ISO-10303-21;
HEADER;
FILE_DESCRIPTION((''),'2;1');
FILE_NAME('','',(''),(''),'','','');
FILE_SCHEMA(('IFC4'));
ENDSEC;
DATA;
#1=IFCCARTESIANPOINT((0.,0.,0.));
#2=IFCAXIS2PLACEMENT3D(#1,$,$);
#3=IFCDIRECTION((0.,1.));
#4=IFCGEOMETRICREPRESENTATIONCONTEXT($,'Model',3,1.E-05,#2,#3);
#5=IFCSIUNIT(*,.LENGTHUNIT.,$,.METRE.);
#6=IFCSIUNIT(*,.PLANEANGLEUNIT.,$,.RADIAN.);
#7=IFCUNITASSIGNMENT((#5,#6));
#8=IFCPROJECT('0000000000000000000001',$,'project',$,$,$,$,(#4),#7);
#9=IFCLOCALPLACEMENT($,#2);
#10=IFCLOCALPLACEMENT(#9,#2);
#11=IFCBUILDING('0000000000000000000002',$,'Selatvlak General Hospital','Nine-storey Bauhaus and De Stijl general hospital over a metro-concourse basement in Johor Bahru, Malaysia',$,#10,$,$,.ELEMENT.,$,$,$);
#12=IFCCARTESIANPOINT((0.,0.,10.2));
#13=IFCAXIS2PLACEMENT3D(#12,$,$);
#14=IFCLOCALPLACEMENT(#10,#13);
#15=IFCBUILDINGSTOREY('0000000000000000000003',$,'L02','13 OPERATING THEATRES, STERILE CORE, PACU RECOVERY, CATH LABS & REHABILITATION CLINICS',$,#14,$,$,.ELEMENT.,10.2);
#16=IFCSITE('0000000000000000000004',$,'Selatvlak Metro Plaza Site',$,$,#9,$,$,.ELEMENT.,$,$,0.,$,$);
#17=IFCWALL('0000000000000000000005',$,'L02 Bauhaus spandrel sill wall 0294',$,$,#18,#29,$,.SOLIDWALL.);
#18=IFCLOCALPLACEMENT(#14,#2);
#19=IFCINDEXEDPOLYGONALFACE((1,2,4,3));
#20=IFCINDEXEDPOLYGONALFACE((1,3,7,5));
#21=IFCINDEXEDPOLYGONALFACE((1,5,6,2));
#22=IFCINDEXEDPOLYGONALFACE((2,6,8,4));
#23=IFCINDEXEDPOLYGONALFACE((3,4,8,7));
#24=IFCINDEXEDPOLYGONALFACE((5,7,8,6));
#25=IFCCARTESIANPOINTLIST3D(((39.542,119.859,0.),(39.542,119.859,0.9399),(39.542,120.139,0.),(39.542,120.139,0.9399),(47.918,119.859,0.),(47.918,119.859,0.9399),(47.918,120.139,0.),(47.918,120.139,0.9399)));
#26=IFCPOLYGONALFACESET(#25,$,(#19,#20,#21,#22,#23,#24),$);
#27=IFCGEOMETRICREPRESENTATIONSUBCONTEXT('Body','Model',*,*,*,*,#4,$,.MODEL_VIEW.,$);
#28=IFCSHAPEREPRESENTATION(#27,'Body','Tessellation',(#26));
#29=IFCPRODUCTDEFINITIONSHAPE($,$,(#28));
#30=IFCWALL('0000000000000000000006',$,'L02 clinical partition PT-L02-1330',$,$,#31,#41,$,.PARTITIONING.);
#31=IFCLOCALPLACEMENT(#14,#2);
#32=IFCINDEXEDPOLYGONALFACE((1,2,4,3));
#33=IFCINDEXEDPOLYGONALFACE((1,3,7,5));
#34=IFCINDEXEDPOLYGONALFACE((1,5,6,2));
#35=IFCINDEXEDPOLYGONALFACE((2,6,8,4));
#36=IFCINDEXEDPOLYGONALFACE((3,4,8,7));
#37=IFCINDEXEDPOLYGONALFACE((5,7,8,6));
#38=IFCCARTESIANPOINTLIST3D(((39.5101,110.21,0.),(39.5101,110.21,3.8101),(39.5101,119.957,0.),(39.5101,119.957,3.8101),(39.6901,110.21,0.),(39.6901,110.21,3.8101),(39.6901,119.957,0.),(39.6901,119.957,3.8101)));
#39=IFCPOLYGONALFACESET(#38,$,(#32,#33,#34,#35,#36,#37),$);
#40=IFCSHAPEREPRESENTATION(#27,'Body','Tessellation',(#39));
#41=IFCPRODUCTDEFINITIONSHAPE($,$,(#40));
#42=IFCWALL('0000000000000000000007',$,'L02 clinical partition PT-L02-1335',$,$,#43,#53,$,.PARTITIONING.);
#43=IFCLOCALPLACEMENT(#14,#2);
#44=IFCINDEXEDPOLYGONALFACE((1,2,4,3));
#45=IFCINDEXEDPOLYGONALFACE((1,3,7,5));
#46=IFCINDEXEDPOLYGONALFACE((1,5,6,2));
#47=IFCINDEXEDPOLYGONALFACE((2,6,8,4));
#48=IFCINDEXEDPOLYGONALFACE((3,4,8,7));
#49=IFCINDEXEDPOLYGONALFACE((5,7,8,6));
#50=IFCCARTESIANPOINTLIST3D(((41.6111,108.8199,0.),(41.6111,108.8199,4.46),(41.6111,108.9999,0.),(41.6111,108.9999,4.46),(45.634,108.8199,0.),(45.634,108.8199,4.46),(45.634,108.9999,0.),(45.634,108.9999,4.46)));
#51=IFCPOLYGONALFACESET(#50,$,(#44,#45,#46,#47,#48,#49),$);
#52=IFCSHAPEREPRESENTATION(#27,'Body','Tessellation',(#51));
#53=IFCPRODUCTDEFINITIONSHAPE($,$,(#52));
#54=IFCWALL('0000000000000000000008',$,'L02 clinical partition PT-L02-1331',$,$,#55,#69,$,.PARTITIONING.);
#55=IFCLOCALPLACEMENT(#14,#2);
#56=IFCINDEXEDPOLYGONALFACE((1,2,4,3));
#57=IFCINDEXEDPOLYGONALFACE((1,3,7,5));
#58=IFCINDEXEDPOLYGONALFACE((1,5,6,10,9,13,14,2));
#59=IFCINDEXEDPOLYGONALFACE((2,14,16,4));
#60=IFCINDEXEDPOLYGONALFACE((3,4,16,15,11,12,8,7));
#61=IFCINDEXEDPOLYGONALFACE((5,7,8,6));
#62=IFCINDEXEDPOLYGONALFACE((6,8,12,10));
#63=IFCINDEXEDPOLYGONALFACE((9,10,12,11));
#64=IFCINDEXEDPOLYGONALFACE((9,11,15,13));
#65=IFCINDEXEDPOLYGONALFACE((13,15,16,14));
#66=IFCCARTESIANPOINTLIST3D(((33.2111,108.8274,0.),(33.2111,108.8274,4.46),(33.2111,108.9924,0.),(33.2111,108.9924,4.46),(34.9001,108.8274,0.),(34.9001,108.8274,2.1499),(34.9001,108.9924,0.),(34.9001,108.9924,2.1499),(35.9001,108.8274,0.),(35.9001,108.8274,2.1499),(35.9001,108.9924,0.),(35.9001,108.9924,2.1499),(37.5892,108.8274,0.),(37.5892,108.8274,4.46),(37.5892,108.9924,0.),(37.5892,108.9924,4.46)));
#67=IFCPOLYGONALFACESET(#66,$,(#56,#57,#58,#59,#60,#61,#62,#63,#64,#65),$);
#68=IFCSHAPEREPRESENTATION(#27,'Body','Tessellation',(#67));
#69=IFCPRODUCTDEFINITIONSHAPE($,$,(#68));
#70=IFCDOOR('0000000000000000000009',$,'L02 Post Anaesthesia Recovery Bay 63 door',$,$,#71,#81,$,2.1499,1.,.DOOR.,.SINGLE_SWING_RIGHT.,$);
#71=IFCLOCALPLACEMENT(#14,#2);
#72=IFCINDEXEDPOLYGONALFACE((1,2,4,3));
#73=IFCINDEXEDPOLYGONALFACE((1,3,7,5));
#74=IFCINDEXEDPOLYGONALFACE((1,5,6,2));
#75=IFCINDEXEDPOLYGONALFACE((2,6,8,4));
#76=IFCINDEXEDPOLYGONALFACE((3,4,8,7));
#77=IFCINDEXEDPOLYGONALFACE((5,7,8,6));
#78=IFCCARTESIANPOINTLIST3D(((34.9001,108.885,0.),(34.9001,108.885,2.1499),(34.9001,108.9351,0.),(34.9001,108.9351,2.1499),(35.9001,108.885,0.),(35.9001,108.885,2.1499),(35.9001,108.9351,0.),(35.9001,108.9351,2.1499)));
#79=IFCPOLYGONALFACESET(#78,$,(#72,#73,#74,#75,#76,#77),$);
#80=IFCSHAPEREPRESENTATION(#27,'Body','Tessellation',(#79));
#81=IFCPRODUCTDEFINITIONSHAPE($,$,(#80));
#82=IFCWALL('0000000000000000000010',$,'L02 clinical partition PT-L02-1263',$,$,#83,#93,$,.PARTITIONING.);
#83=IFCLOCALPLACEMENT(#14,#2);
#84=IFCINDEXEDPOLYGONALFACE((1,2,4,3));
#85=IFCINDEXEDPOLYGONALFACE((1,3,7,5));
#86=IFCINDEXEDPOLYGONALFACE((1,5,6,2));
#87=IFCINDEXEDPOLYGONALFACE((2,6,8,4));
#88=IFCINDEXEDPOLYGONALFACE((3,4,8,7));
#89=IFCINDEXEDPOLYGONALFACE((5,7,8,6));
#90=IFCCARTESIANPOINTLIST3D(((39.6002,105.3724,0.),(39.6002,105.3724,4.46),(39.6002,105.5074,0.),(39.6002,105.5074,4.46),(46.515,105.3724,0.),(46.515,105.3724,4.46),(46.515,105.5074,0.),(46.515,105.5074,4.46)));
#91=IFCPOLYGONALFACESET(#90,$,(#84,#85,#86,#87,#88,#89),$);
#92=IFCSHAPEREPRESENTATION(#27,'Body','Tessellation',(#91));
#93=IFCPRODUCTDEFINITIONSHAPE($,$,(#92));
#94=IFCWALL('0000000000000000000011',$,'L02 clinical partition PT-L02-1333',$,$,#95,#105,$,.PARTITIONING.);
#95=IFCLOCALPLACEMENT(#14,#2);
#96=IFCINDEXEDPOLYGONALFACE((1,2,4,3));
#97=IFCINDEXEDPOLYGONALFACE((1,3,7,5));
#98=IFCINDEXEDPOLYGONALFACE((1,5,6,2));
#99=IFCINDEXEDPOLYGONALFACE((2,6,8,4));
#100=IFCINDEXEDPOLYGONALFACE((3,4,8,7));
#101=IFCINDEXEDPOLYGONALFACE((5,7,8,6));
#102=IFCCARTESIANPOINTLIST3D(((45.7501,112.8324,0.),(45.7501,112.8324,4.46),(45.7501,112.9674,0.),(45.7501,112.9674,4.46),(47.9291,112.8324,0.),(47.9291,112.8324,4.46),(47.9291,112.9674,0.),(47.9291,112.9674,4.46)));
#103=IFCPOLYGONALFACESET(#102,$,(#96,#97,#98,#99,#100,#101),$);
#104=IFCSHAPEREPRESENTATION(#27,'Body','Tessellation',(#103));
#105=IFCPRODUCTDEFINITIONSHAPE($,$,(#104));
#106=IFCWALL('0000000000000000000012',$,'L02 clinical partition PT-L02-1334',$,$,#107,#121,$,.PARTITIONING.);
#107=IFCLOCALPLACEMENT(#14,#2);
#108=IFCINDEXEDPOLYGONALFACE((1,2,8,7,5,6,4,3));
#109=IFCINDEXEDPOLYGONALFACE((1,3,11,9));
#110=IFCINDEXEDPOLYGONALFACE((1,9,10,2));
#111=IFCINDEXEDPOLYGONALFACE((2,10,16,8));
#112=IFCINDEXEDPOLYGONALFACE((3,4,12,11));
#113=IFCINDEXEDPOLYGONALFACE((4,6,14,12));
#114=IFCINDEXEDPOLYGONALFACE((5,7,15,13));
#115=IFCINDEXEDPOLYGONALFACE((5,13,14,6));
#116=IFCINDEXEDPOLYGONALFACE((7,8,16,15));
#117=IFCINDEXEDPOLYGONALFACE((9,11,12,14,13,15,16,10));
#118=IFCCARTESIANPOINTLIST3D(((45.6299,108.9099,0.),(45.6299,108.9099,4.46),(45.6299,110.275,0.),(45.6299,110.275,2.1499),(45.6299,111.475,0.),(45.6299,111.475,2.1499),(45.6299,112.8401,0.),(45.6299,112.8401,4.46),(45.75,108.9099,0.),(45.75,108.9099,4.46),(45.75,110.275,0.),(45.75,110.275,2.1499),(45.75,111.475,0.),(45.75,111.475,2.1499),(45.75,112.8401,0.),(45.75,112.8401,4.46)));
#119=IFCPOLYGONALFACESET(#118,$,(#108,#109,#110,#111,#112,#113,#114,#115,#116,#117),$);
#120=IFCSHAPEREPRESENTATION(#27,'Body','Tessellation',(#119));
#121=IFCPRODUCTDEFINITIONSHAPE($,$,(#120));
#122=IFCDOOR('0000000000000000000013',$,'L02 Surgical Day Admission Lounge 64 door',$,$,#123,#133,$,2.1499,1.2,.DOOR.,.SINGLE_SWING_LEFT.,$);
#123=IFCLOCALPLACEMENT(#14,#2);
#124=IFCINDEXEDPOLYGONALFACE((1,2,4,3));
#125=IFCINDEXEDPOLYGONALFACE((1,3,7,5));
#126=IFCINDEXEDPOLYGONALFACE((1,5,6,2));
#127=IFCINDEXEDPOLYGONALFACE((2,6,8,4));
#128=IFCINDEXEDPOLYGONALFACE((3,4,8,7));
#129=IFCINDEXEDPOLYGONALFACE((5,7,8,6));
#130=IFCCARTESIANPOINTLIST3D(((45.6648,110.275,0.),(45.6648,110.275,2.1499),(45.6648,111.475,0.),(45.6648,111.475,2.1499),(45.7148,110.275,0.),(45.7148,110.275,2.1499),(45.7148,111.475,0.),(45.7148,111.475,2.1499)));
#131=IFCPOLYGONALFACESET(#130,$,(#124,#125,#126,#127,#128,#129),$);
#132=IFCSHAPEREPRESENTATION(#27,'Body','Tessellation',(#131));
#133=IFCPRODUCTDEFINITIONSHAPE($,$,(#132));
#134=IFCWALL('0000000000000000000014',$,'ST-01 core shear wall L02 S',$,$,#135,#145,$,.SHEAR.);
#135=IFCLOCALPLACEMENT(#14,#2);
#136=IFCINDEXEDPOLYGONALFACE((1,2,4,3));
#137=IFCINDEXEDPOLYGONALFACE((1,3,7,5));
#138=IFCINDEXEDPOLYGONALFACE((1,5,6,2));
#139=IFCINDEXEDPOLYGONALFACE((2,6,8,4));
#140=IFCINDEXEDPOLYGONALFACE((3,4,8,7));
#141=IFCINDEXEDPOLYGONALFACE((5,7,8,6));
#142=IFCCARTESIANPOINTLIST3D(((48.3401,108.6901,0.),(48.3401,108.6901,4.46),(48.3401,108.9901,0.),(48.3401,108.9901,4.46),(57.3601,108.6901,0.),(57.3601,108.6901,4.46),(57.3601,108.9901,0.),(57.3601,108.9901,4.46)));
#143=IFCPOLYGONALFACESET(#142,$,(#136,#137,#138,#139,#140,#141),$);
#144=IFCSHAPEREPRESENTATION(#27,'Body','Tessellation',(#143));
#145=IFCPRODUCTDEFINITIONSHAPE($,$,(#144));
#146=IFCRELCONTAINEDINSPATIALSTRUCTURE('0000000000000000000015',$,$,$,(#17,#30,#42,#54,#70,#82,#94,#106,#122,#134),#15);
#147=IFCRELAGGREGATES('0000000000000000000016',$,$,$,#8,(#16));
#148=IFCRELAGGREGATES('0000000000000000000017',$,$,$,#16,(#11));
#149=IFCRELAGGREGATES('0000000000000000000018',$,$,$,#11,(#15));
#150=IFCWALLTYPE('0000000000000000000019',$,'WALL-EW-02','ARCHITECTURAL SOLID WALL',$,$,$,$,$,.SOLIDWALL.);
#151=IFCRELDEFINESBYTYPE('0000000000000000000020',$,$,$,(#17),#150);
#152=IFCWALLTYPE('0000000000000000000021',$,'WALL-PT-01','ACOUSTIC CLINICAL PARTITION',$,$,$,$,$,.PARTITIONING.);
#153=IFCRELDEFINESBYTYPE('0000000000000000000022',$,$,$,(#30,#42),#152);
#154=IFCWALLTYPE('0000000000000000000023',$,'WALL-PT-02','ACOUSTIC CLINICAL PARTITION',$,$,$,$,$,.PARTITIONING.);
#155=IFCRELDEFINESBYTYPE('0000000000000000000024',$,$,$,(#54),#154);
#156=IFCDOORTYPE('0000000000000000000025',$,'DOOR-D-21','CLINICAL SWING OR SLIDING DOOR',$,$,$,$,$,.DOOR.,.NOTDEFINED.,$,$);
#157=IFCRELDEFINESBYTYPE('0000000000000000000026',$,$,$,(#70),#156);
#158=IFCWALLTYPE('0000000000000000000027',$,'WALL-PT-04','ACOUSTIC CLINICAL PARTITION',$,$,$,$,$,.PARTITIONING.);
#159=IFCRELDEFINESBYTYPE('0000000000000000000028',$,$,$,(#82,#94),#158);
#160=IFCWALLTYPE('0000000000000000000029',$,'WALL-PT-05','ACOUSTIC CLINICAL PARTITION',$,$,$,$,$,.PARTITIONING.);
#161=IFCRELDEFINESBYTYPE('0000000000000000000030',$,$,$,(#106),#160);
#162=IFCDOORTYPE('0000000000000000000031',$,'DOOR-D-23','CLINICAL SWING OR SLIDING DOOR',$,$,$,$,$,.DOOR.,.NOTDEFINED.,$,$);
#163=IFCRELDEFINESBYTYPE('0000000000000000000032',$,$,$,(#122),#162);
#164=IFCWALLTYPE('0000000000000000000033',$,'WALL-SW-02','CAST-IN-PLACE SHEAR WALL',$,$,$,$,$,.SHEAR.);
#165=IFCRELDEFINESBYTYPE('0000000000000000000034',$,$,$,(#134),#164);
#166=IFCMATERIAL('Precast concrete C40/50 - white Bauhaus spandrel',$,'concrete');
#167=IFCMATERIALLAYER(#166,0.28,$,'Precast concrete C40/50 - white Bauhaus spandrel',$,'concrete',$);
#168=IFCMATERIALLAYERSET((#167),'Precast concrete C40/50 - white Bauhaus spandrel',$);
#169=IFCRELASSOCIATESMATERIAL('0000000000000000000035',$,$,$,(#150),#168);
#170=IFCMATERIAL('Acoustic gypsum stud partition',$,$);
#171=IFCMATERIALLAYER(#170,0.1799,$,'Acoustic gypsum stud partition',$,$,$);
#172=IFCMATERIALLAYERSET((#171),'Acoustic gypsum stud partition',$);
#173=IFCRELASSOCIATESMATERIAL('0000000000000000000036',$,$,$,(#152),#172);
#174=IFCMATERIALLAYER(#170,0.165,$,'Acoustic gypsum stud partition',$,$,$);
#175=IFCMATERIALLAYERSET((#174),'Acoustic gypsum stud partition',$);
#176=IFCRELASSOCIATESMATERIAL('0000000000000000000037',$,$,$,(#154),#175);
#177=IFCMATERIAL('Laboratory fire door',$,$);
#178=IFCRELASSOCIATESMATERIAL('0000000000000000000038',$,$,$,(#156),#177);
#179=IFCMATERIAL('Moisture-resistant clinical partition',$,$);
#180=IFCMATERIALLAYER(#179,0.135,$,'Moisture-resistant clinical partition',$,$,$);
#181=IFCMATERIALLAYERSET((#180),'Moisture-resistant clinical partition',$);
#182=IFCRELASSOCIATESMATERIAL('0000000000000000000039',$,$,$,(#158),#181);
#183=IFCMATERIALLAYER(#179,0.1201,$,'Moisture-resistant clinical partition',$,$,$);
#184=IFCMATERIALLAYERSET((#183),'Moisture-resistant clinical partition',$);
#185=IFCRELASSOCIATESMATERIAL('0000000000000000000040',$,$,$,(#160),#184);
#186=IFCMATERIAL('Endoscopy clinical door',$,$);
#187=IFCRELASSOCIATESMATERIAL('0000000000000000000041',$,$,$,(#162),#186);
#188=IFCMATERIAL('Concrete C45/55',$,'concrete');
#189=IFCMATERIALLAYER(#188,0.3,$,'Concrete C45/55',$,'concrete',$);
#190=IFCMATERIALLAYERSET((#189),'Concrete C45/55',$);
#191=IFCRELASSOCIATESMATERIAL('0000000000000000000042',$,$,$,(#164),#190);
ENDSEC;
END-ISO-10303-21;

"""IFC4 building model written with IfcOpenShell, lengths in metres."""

from ifc_helpers import new_model, si_unit, direction, frame, frame_2d, origin, place, context, subcontext, project, spatial, rectangle, extrude, material, layer, layer_set, type_object, element, fill, save


model = new_model("IFC4")

# Units and contexts
model_context = context("Model", 3, precision=1e-05, world=origin(), true_north=direction((0.0, 1.0)))
body_context = subcontext(model_context, "Body", "Model", "MODEL_VIEW")
ifc_project = project(units=[si_unit("LENGTHUNIT", "METRE"), si_unit("PLANEANGLEUNIT", "RADIAN")], contexts=[model_context])

# Site, building, storey
site_placement = place(None, origin())
site = spatial("IfcSite", under=ifc_project, at=site_placement, Name="Selatvlak Metro Plaza Site", CompositionType="ELEMENT", RefElevation=0.0)
building_placement = place(site_placement, origin())
building = spatial("IfcBuilding", under=site, at=building_placement, Name="Selatvlak General Hospital", Description="Nine-storey Bauhaus and De Stijl general hospital over a metro-concourse basement in Johor Bahru, Malaysia", CompositionType="ELEMENT")
storey_placement = place(building_placement, frame((0.0, 0.0, 10.2)))
storey = spatial("IfcBuildingStorey", under=building, at=storey_placement, Name="L02", Description="13 OPERATING THEATRES, STERILE CORE, PACU RECOVERY, CATH LABS & REHABILITATION CLINICS", CompositionType="ELEMENT", Elevation=10.2)

# Walls
ifc_material_1 = material(Name="Precast concrete C40/50 - white Bauhaus spandrel", Category="concrete")
ifc_layer_1 = layer(ifc_material_1, 0.28, Name="Precast concrete C40/50 - white Bauhaus spandrel", Category="concrete")
ifc_layer_set_1 = layer_set([ifc_layer_1], Name="Precast concrete C40/50 - white Bauhaus spandrel")
wall_type_1 = type_object("IfcWallType", Name="WALL-EW-02", Description="ARCHITECTURAL SOLID WALL", PredefinedType="SOLIDWALL", material=ifc_layer_set_1)
wall_1_placement = place(storey_placement, frame((39.542, 119.999, 0.0), z_axis=(0.0, 0.0, 1.0), x_axis=(1.0, 0.0, 0.0)))
element("IfcWall", 1, at=wall_1_placement, inside=storey, type_object=wall_type_1, Name="L02 Bauhaus spandrel sill wall 0294", PredefinedType="SOLIDWALL", context=body_context, shape_type="SweptSolid", body=[
    extrude(rectangle(XDim=8.376, YDim=0.28, at=frame_2d((4.188, 0.0))), origin(), (0.0, 0.0, 1.0), 0.9399),
])
ifc_material_2 = material(Name="Acoustic gypsum stud partition")
ifc_layer_2 = layer(ifc_material_2, 0.1799, Name="Acoustic gypsum stud partition")
ifc_layer_set_2 = layer_set([ifc_layer_2], Name="Acoustic gypsum stud partition")
wall_type_2 = type_object("IfcWallType", Name="WALL-PT-01", Description="ACOUSTIC CLINICAL PARTITION", PredefinedType="PARTITIONING", material=ifc_layer_set_2)
wall_2_placement = place(storey_placement, frame((39.6001, 119.957, 0.0), z_axis=(0.0, 0.0, 1.0), x_axis=(0.0, -1.0, 0.0)))
element("IfcWall", 2, at=wall_2_placement, inside=storey, type_object=wall_type_2, Name="L02 clinical partition PT-L02-1330", PredefinedType="PARTITIONING", context=body_context, shape_type="SweptSolid", body=[
    extrude(rectangle(XDim=9.7471, YDim=0.1799, at=frame_2d((4.8735, 0.0))), origin(), (0.0, 0.0, 1.0), 3.8101),
])
wall_3_placement = place(storey_placement, frame((45.634, 108.9099, 0.0), z_axis=(0.0, 0.0, 1.0), x_axis=(-1.0, 0.0, 0.0)))
element("IfcWall", 3, at=wall_3_placement, inside=storey, type_object=wall_type_2, Name="L02 clinical partition PT-L02-1335", PredefinedType="PARTITIONING", context=body_context, shape_type="SweptSolid", body=[
    extrude(rectangle(XDim=4.0229, YDim=0.1799, at=frame_2d((2.0115, 0.0))), origin(), (0.0, 0.0, 1.0), 4.46),
])

# Wall, opening, door
ifc_layer_3 = layer(ifc_material_2, 0.165, Name="Acoustic gypsum stud partition")
ifc_layer_set_3 = layer_set([ifc_layer_3], Name="Acoustic gypsum stud partition")
wall_type_3 = type_object("IfcWallType", Name="WALL-PT-02", Description="ACOUSTIC CLINICAL PARTITION", PredefinedType="PARTITIONING", material=ifc_layer_set_3)
wall_4_placement = place(storey_placement, frame((37.5891, 108.9099, 0.0), z_axis=(0.0, 0.0, 1.0), x_axis=(-1.0, 0.0, 0.0)))
wall_4 = element("IfcWall", 4, at=wall_4_placement, inside=storey, type_object=wall_type_3, Name="L02 clinical partition PT-L02-1331", PredefinedType="PARTITIONING", context=body_context, shape_type="SweptSolid", body=[
    extrude(rectangle(XDim=4.3782, YDim=0.165, at=frame_2d((2.189, 0.0))), origin(), (0.0, 0.0, 1.0), 4.46),
])
opening_1_placement = place(wall_4_placement, frame((1.689, 0.0, 0.0)))
opening_1 = element("IfcOpeningElement", 5, at=opening_1_placement, cuts=wall_4, PredefinedType="OPENING", context=body_context, shape_type="SweptSolid", body=[
    extrude(rectangle(XDim=1.0, YDim=2.1499, at=frame_2d((0.5, 1.075))), frame((0.0, 0.0925, 0.0), z_axis=(0.0, -1.0, 0.0), x_axis=(1.0, 0.0, 0.0)), (0.0, 0.0, 1.0), 0.1851),
])
ifc_material_3 = material(Name="Laboratory fire door")
door_type_1 = type_object("IfcDoorType", Name="DOOR-D-21", Description="CLINICAL SWING OR SLIDING DOOR", OperationType="NOTDEFINED", PredefinedType="DOOR", material=ifc_material_3)
door_1_placement = place(opening_1_placement, origin())
door_1 = element("IfcDoor", 6, at=door_1_placement, inside=storey, type_object=door_type_1, Name="L02 Post Anaesthesia Recovery Bay 63 door", OperationType="SINGLE_SWING_RIGHT", OverallHeight=2.1499, OverallWidth=1.0, PredefinedType="DOOR", context=body_context, shape_type="SweptSolid", body=[
    extrude(rectangle(XDim=1.0, YDim=2.1499, at=frame_2d((0.5, 1.075))), frame((0.0, 0.0249, 0.0), z_axis=(0.0, -1.0, 0.0), x_axis=(1.0, 0.0, 0.0)), (0.0, 0.0, 1.0), 0.05),
])
fill(opening_1, door_1)

# Walls
ifc_material_4 = material(Name="Moisture-resistant clinical partition")
ifc_layer_4 = layer(ifc_material_4, 0.135, Name="Moisture-resistant clinical partition")
ifc_layer_set_4 = layer_set([ifc_layer_4], Name="Moisture-resistant clinical partition")
wall_type_4 = type_object("IfcWallType", Name="WALL-PT-04", Description="ACOUSTIC CLINICAL PARTITION", PredefinedType="PARTITIONING", material=ifc_layer_set_4)
wall_5_placement = place(storey_placement, frame((39.6001, 105.4399, 0.0), z_axis=(0.0, 0.0, 1.0), x_axis=(1.0, 0.0, 0.0)))
element("IfcWall", 7, at=wall_5_placement, inside=storey, type_object=wall_type_4, Name="L02 clinical partition PT-L02-1263", PredefinedType="PARTITIONING", context=body_context, shape_type="SweptSolid", body=[
    extrude(rectangle(XDim=6.9148, YDim=0.135, at=frame_2d((3.4575, 0.0))), origin(), (0.0, 0.0, 1.0), 4.46),
])
wall_6_placement = place(storey_placement, frame((47.929, 112.8999, 0.0), z_axis=(0.0, 0.0, 1.0), x_axis=(-1.0, 0.0, 0.0)))
element("IfcWall", 8, at=wall_6_placement, inside=storey, type_object=wall_type_4, Name="L02 clinical partition PT-L02-1333", PredefinedType="PARTITIONING", context=body_context, shape_type="SweptSolid", body=[
    extrude(rectangle(XDim=2.179, YDim=0.135, at=frame_2d((1.0894, 0.0))), origin(), (0.0, 0.0, 1.0), 4.46),
])

# Wall, opening, door
ifc_layer_5 = layer(ifc_material_4, 0.1201, Name="Moisture-resistant clinical partition")
ifc_layer_set_5 = layer_set([ifc_layer_5], Name="Moisture-resistant clinical partition")
wall_type_5 = type_object("IfcWallType", Name="WALL-PT-05", Description="ACOUSTIC CLINICAL PARTITION", PredefinedType="PARTITIONING", material=ifc_layer_set_5)
wall_7_placement = place(storey_placement, frame((45.6899, 112.8401, 0.0), z_axis=(0.0, 0.0, 1.0), x_axis=(0.0, -1.0, 0.0)))
wall_7 = element("IfcWall", 9, at=wall_7_placement, inside=storey, type_object=wall_type_5, Name="L02 clinical partition PT-L02-1334", PredefinedType="PARTITIONING", context=body_context, shape_type="SweptSolid", body=[
    extrude(rectangle(XDim=3.9302, YDim=0.1201, at=frame_2d((1.9651, 0.0))), origin(), (0.0, 0.0, 1.0), 4.46),
])
opening_2_placement = place(wall_7_placement, frame((1.365, 0.0, 0.0)))
opening_2 = element("IfcOpeningElement", 10, at=opening_2_placement, cuts=wall_7, PredefinedType="OPENING", context=body_context, shape_type="SweptSolid", body=[
    extrude(rectangle(XDim=1.2, YDim=2.1499, at=frame_2d((0.6001, 1.075))), frame((0.0, 0.0701, 0.0), z_axis=(0.0, -1.0, 0.0), x_axis=(1.0, 0.0, 0.0)), (0.0, 0.0, 1.0), 0.1401),
])
ifc_material_5 = material(Name="Endoscopy clinical door")
door_type_2 = type_object("IfcDoorType", Name="DOOR-D-23", Description="CLINICAL SWING OR SLIDING DOOR", OperationType="NOTDEFINED", PredefinedType="DOOR", material=ifc_material_5)
door_2_placement = place(opening_2_placement, origin())
door_2 = element("IfcDoor", 11, at=door_2_placement, inside=storey, type_object=door_type_2, Name="L02 Surgical Day Admission Lounge 64 door", OperationType="SINGLE_SWING_LEFT", OverallHeight=2.1499, OverallWidth=1.2, PredefinedType="DOOR", context=body_context, shape_type="SweptSolid", body=[
    extrude(rectangle(XDim=1.2, YDim=2.1499, at=frame_2d((0.6001, 1.075))), frame((0.0, 0.0249, 0.0), z_axis=(0.0, -1.0, 0.0), x_axis=(1.0, 0.0, 0.0)), (0.0, 0.0, 1.0), 0.05),
])
fill(opening_2, door_2)

# Wall
ifc_material_6 = material(Name="Concrete C45/55", Category="concrete")
ifc_layer_6 = layer(ifc_material_6, 0.3, Name="Concrete C45/55", Category="concrete")
ifc_layer_set_6 = layer_set([ifc_layer_6], Name="Concrete C45/55")
wall_type_6 = type_object("IfcWallType", Name="WALL-SW-02", Description="CAST-IN-PLACE SHEAR WALL", PredefinedType="SHEAR", material=ifc_layer_set_6)
wall_8_placement = place(storey_placement, frame((48.3401, 108.8401, 0.0), z_axis=(0.0, 0.0, 1.0), x_axis=(1.0, 0.0, 0.0)))
element("IfcWall", 12, at=wall_8_placement, inside=storey, type_object=wall_type_6, Name="ST-01 core shear wall L02 S", PredefinedType="SHEAR", context=body_context, shape_type="SweptSolid", body=[
    extrude(rectangle(XDim=9.02, YDim=0.3, at=frame_2d((4.51, 0.0))), origin(), (0.0, 0.0, 1.0), 4.46),
])

save(model, "model.ifc")
